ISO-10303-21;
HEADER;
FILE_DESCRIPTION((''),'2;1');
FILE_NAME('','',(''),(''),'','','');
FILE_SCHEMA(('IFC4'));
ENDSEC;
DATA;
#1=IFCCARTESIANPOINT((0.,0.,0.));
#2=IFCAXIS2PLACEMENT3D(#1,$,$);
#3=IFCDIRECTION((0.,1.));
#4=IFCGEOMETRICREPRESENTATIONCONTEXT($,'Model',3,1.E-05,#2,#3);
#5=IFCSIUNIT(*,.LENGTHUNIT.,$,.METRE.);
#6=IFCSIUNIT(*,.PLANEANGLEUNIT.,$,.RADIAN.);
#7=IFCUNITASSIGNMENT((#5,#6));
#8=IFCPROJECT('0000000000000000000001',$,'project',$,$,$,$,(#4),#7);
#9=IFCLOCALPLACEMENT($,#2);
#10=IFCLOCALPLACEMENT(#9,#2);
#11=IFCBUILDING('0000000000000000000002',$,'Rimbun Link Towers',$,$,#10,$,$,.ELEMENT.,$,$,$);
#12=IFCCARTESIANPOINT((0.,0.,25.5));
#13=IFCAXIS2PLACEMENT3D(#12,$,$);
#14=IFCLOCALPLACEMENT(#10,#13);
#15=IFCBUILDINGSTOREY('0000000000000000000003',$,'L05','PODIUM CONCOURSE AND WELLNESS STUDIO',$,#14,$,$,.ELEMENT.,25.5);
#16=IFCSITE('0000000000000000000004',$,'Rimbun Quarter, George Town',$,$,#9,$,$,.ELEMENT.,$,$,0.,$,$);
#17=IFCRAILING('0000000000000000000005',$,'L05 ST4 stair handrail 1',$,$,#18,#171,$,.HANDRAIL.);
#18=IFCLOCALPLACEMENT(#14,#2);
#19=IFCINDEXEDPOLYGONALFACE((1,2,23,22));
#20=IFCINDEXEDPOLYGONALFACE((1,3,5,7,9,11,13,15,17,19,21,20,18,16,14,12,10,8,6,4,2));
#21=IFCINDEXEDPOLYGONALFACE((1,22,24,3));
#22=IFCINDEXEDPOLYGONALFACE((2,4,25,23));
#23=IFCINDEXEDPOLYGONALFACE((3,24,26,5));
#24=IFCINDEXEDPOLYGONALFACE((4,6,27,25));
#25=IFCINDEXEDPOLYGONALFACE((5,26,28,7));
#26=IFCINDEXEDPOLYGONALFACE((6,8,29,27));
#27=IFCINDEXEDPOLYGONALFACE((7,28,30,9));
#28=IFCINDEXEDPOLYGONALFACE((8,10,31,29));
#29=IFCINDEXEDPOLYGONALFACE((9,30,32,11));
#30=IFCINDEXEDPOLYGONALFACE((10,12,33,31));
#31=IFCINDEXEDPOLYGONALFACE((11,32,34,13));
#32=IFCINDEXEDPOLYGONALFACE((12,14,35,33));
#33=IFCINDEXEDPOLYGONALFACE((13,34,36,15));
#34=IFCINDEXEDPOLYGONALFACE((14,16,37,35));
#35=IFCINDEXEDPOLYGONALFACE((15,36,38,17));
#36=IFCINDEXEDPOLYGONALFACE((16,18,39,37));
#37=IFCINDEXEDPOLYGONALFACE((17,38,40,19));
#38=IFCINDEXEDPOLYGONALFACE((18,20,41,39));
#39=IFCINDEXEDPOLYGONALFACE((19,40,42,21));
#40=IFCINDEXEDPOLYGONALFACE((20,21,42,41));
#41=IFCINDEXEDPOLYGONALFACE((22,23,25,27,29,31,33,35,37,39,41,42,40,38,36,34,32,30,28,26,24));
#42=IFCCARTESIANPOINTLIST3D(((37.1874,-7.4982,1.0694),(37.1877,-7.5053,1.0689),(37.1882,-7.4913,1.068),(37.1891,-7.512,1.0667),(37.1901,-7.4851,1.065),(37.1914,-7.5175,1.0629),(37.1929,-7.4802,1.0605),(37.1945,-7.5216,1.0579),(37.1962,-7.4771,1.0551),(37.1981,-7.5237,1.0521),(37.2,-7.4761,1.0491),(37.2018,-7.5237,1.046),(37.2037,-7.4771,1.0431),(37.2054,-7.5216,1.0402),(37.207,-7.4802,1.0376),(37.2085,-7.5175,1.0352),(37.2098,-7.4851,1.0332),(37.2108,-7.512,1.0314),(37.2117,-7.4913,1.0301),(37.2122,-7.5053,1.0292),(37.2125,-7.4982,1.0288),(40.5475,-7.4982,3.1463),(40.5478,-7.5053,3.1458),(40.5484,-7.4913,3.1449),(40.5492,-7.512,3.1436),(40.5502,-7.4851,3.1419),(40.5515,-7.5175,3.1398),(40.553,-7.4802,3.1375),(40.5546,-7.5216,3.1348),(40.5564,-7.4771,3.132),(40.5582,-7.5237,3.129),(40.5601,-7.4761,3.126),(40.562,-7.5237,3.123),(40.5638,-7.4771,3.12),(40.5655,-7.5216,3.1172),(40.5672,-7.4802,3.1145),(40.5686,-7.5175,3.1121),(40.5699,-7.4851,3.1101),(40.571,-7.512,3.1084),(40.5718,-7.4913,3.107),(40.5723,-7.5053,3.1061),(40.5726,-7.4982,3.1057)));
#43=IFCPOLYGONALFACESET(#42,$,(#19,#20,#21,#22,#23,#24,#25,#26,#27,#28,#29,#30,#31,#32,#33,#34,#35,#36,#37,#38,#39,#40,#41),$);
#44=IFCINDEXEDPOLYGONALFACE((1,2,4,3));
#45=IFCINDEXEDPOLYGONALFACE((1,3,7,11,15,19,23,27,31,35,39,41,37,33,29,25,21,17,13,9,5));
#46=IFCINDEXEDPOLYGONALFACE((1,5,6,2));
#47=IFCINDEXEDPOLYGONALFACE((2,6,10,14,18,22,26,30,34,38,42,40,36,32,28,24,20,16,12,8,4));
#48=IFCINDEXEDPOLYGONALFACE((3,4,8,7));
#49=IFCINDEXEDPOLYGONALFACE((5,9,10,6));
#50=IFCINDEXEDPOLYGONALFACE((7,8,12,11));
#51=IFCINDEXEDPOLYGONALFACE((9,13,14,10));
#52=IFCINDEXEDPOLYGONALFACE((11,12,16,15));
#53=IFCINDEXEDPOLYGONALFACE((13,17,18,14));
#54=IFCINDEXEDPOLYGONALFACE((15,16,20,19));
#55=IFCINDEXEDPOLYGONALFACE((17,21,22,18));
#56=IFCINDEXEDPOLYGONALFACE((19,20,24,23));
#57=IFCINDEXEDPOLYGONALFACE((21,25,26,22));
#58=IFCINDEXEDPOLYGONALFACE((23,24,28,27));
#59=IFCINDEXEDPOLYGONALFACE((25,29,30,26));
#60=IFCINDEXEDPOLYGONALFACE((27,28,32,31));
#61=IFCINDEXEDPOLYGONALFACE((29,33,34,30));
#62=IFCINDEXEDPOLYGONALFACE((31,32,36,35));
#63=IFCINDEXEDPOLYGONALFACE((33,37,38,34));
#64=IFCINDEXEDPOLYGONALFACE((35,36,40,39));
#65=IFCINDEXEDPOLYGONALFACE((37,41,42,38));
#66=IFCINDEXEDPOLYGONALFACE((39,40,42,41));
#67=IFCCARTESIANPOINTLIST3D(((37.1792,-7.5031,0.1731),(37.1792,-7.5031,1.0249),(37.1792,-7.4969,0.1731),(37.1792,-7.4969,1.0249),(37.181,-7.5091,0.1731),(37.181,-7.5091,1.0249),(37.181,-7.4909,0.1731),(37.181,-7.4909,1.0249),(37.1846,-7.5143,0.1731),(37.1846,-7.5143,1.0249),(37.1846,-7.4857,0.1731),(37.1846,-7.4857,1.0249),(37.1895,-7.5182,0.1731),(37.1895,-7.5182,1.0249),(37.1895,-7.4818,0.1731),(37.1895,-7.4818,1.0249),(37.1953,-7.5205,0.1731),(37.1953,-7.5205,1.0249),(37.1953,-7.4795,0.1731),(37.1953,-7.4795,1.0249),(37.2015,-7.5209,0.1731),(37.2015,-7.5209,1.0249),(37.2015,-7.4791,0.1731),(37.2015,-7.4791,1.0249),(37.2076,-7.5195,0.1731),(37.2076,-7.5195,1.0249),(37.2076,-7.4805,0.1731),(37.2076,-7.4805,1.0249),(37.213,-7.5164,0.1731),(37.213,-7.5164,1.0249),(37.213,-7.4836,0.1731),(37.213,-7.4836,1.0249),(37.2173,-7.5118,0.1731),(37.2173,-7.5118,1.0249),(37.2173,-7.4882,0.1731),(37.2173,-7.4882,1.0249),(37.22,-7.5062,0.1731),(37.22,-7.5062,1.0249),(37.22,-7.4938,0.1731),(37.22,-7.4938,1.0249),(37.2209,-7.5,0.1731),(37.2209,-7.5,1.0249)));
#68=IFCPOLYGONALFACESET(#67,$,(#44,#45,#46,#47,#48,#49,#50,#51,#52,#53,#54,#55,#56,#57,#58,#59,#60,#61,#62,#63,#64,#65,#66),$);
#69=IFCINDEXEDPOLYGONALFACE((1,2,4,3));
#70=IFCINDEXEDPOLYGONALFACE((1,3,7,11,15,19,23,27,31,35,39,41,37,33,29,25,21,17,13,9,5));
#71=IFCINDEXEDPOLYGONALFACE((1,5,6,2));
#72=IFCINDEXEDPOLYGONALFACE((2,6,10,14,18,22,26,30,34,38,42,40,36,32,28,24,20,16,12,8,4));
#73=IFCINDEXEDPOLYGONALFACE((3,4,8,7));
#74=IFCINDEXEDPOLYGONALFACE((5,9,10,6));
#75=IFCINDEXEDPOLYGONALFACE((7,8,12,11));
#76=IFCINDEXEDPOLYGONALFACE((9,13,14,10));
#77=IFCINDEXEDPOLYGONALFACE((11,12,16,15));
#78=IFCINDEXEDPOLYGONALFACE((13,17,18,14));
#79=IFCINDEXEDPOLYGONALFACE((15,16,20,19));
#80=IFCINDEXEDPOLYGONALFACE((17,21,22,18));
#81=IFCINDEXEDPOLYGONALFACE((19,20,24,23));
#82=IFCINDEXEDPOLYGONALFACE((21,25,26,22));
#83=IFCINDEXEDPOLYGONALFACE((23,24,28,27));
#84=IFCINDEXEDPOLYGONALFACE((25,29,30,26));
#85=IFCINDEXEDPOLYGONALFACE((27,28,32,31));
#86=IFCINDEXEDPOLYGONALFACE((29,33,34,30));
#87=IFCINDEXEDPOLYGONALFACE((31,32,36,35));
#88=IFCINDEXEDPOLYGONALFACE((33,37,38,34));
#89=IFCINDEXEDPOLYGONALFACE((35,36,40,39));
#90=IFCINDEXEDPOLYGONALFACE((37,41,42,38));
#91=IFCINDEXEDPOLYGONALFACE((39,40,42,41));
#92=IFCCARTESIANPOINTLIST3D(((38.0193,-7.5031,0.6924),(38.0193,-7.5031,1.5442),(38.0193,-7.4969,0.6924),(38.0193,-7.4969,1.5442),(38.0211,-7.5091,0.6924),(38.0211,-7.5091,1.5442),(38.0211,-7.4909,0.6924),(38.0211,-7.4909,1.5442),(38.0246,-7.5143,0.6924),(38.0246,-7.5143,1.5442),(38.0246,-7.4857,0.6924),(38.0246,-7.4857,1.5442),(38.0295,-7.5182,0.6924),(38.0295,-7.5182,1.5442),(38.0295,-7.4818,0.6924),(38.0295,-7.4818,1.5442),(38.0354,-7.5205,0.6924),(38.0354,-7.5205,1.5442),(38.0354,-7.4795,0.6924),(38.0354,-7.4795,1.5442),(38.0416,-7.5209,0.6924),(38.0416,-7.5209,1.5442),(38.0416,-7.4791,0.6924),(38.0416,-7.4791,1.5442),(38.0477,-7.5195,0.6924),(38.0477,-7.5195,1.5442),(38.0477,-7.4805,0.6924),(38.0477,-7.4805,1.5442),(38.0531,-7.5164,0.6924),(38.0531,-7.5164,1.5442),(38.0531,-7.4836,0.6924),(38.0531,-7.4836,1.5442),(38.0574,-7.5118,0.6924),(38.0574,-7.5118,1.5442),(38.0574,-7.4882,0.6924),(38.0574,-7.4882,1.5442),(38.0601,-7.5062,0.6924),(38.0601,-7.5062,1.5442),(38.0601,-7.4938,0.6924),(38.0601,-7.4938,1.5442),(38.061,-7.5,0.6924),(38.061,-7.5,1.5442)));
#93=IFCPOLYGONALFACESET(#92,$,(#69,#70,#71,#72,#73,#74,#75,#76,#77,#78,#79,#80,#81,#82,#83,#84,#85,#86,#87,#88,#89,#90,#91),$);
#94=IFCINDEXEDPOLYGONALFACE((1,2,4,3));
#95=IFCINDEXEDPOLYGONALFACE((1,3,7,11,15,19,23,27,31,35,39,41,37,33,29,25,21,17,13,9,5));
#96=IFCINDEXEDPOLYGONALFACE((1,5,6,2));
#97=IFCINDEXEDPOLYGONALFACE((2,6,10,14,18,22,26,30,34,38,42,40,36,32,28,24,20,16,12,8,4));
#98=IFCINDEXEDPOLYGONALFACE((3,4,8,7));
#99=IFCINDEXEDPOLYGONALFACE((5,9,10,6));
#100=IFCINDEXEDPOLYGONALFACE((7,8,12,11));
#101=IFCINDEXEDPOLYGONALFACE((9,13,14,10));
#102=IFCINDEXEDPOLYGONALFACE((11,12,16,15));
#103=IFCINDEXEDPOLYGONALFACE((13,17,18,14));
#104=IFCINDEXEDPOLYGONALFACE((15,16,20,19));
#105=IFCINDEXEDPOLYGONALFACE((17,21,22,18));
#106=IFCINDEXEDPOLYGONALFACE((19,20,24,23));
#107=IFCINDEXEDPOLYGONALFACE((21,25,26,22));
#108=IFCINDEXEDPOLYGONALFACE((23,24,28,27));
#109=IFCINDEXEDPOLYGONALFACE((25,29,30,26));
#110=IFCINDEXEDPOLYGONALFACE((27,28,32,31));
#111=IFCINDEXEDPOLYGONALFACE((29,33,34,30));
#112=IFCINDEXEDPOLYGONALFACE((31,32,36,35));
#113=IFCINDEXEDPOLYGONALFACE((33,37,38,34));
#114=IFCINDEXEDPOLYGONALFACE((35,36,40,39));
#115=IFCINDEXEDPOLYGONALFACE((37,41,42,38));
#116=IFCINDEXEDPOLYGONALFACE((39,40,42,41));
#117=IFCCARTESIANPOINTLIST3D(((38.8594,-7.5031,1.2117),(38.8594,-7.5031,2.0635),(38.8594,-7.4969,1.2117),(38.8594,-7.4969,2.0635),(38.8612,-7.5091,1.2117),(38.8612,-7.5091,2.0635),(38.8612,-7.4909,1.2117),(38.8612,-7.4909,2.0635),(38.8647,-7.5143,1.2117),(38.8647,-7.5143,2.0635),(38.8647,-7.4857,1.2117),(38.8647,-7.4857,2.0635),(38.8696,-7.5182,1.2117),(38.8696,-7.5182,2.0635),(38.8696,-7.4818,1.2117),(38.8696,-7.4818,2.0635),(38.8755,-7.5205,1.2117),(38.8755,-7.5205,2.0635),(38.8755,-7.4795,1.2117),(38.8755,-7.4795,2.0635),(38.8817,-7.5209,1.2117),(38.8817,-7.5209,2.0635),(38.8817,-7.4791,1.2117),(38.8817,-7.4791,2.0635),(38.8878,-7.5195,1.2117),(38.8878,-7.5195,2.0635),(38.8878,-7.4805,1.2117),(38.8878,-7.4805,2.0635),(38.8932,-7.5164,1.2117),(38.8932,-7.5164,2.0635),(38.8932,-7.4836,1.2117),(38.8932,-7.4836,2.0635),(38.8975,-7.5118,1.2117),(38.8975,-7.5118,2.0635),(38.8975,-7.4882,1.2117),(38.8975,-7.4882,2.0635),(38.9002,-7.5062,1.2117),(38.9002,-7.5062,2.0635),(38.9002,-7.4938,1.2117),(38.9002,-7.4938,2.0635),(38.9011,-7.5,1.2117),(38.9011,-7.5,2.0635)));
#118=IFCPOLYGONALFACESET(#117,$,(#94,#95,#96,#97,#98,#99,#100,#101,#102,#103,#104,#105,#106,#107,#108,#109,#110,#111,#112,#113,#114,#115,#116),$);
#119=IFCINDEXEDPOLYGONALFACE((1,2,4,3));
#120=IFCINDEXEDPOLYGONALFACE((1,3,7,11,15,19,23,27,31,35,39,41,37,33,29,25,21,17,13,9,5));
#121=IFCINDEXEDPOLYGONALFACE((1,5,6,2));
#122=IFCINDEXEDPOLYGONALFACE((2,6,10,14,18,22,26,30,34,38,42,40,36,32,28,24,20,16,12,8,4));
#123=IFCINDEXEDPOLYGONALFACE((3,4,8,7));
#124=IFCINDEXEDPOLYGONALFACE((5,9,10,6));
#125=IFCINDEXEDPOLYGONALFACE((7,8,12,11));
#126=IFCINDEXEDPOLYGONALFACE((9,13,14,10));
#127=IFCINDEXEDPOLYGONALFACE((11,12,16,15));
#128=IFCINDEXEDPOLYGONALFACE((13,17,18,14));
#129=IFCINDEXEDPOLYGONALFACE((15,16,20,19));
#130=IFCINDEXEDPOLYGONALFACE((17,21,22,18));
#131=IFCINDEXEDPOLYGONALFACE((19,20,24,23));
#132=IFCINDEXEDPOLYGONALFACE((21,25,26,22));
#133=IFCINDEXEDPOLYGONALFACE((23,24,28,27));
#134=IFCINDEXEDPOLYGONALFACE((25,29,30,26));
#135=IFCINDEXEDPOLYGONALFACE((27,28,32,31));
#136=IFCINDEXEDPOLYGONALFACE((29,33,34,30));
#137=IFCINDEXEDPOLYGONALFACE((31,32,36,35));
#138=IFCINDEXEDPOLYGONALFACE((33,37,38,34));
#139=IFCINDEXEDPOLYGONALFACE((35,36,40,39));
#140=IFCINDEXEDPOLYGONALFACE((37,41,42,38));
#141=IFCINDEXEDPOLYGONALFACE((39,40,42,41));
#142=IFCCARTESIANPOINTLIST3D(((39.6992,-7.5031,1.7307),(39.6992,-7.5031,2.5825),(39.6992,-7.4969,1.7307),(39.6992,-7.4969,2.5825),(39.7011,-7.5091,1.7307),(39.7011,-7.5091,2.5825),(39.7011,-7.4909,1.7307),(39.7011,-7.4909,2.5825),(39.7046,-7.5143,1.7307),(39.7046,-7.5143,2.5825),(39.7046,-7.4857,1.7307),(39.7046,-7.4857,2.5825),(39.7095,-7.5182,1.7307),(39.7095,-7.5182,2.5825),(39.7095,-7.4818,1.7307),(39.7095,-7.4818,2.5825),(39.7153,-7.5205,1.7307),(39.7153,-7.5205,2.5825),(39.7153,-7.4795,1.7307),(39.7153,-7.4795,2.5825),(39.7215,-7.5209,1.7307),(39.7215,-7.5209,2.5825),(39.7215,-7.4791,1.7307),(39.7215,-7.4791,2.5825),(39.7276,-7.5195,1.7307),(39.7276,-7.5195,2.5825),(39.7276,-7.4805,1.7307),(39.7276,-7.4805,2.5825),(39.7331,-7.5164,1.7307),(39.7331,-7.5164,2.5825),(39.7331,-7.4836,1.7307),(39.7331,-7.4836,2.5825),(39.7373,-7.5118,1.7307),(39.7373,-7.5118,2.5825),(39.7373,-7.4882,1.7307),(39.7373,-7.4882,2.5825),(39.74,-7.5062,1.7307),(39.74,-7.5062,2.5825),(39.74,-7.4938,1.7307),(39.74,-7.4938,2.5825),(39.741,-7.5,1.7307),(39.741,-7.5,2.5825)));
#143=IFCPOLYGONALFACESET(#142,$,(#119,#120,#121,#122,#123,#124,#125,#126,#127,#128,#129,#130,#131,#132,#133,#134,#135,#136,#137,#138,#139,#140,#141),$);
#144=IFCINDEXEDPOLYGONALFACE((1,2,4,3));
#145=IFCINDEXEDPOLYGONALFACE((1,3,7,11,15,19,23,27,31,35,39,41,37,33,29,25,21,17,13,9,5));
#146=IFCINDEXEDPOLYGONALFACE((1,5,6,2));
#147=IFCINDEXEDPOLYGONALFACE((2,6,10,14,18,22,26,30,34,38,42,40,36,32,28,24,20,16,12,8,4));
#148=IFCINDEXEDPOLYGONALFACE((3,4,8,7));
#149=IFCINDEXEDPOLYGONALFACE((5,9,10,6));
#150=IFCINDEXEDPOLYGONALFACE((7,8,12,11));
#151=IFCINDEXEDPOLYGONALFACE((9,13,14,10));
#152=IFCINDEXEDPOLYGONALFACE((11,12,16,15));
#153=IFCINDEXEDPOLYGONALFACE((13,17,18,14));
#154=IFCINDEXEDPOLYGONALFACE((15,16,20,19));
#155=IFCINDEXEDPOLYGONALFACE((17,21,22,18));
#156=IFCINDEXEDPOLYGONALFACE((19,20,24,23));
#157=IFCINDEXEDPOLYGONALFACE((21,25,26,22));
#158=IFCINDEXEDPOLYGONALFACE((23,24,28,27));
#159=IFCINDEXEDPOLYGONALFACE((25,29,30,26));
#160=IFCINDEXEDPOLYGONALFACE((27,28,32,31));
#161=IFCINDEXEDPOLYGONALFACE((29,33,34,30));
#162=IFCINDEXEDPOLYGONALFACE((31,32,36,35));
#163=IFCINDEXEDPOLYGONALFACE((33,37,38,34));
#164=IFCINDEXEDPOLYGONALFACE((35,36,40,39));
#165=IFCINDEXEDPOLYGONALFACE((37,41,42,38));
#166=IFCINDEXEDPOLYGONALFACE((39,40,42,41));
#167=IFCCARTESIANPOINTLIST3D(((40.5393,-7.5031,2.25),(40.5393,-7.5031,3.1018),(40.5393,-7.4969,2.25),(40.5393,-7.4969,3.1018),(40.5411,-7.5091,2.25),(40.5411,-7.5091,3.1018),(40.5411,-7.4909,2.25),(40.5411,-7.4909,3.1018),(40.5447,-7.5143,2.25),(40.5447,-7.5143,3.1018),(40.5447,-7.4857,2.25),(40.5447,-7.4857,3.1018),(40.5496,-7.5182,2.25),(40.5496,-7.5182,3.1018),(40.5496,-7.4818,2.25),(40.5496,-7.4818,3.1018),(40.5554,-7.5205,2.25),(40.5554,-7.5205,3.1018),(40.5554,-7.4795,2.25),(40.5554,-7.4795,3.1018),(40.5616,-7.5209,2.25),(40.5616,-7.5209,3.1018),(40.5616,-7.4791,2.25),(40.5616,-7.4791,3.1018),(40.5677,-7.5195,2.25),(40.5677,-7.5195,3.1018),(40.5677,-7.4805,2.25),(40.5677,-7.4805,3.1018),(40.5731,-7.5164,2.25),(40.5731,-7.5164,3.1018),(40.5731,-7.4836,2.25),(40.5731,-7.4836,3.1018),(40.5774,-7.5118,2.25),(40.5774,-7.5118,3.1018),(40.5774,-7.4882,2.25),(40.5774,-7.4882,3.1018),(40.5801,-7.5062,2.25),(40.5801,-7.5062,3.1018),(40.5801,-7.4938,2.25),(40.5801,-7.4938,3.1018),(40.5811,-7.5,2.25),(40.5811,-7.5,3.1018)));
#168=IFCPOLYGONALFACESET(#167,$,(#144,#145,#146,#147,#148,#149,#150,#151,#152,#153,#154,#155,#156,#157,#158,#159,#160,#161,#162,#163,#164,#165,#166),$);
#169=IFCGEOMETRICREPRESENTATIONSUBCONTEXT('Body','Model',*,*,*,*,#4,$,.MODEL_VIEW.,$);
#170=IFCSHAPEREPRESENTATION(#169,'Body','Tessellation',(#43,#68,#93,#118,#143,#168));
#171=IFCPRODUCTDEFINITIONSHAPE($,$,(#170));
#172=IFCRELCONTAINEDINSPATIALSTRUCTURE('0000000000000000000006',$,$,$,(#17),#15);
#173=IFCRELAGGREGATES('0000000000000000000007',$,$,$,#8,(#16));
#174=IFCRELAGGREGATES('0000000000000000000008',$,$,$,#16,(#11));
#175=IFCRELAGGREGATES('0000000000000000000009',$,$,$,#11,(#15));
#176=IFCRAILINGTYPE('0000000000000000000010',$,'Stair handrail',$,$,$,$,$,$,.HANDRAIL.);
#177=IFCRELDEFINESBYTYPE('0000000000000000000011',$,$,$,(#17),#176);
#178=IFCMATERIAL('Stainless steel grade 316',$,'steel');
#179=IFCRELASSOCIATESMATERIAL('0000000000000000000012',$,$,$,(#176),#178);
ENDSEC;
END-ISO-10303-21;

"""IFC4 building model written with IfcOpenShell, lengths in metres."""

from ifc_helpers import new_model, si_unit, direction, frame, origin, origin_2d, place, context, subcontext, project, spatial, circle, extrude, material, type_object, element, save


model = new_model("IFC4")

# Units and contexts
model_context = context("Model", 3, precision=1e-05, world=origin(), true_north=direction((0.0, 1.0)))
body_context = subcontext(model_context, "Body", "Model", "MODEL_VIEW")
ifc_project = project(units=[si_unit("LENGTHUNIT", "METRE"), si_unit("PLANEANGLEUNIT", "RADIAN")], contexts=[model_context])

# Site, building, storey
site_placement = place(None, origin())
site = spatial("IfcSite", under=ifc_project, at=site_placement, Name="Rimbun Quarter, George Town", CompositionType="ELEMENT", RefElevation=0.0)
building_placement = place(site_placement, origin())
building = spatial("IfcBuilding", under=site, at=building_placement, Name="Rimbun Link Towers", CompositionType="ELEMENT")
storey_placement = place(building_placement, frame((0.0, 0.0, 25.5)))
storey = spatial("IfcBuildingStorey", under=building, at=storey_placement, Name="L05", Description="PODIUM CONCOURSE AND WELLNESS STUDIO", CompositionType="ELEMENT", Elevation=25.5)

# Railing
ifc_material_1 = material(Name="Stainless steel grade 316", Category="steel")
railing_type_1 = type_object("IfcRailingType", Name="Stair handrail", PredefinedType="HANDRAIL", material=ifc_material_1)
railing_1_placement = place(storey_placement, frame((37.2, -7.5, 0.1731)))
element("IfcRailing", 1, at=railing_1_placement, inside=storey, type_object=railing_type_1, Name="L05 ST4 stair handrail 1", PredefinedType="HANDRAIL", context=body_context, shape_type="SweptSolid", body=[
    extrude(circle(Radius=0.0239, at=origin_2d()), frame((0.0, 0.0, 0.876), z_axis=(0.850623, 0.0, 0.525776), x_axis=(0.0, 1.0, 0.0)), (0.0, 0.0, 1.0), 3.9502),
    extrude(circle(Radius=0.021, at=origin_2d()), origin(), (0.0, 0.0, 1.0), 0.8518),
    extrude(circle(Radius=0.021, at=origin_2d()), frame((0.8401, 0.0, 0.5193)), (0.0, 0.0, 1.0), 0.8518),
    extrude(circle(Radius=0.021, at=origin_2d()), frame((1.6802, 0.0, 1.0386)), (0.0, 0.0, 1.0), 0.8518),
    extrude(circle(Radius=0.021, at=origin_2d()), frame((2.52, 0.0, 1.5576)), (0.0, 0.0, 1.0), 0.8518),
    extrude(circle(Radius=0.021, at=origin_2d()), frame((3.3601, 0.0, 2.0769)), (0.0, 0.0, 1.0), 0.8518),
])

save(model, "model.ifc")
